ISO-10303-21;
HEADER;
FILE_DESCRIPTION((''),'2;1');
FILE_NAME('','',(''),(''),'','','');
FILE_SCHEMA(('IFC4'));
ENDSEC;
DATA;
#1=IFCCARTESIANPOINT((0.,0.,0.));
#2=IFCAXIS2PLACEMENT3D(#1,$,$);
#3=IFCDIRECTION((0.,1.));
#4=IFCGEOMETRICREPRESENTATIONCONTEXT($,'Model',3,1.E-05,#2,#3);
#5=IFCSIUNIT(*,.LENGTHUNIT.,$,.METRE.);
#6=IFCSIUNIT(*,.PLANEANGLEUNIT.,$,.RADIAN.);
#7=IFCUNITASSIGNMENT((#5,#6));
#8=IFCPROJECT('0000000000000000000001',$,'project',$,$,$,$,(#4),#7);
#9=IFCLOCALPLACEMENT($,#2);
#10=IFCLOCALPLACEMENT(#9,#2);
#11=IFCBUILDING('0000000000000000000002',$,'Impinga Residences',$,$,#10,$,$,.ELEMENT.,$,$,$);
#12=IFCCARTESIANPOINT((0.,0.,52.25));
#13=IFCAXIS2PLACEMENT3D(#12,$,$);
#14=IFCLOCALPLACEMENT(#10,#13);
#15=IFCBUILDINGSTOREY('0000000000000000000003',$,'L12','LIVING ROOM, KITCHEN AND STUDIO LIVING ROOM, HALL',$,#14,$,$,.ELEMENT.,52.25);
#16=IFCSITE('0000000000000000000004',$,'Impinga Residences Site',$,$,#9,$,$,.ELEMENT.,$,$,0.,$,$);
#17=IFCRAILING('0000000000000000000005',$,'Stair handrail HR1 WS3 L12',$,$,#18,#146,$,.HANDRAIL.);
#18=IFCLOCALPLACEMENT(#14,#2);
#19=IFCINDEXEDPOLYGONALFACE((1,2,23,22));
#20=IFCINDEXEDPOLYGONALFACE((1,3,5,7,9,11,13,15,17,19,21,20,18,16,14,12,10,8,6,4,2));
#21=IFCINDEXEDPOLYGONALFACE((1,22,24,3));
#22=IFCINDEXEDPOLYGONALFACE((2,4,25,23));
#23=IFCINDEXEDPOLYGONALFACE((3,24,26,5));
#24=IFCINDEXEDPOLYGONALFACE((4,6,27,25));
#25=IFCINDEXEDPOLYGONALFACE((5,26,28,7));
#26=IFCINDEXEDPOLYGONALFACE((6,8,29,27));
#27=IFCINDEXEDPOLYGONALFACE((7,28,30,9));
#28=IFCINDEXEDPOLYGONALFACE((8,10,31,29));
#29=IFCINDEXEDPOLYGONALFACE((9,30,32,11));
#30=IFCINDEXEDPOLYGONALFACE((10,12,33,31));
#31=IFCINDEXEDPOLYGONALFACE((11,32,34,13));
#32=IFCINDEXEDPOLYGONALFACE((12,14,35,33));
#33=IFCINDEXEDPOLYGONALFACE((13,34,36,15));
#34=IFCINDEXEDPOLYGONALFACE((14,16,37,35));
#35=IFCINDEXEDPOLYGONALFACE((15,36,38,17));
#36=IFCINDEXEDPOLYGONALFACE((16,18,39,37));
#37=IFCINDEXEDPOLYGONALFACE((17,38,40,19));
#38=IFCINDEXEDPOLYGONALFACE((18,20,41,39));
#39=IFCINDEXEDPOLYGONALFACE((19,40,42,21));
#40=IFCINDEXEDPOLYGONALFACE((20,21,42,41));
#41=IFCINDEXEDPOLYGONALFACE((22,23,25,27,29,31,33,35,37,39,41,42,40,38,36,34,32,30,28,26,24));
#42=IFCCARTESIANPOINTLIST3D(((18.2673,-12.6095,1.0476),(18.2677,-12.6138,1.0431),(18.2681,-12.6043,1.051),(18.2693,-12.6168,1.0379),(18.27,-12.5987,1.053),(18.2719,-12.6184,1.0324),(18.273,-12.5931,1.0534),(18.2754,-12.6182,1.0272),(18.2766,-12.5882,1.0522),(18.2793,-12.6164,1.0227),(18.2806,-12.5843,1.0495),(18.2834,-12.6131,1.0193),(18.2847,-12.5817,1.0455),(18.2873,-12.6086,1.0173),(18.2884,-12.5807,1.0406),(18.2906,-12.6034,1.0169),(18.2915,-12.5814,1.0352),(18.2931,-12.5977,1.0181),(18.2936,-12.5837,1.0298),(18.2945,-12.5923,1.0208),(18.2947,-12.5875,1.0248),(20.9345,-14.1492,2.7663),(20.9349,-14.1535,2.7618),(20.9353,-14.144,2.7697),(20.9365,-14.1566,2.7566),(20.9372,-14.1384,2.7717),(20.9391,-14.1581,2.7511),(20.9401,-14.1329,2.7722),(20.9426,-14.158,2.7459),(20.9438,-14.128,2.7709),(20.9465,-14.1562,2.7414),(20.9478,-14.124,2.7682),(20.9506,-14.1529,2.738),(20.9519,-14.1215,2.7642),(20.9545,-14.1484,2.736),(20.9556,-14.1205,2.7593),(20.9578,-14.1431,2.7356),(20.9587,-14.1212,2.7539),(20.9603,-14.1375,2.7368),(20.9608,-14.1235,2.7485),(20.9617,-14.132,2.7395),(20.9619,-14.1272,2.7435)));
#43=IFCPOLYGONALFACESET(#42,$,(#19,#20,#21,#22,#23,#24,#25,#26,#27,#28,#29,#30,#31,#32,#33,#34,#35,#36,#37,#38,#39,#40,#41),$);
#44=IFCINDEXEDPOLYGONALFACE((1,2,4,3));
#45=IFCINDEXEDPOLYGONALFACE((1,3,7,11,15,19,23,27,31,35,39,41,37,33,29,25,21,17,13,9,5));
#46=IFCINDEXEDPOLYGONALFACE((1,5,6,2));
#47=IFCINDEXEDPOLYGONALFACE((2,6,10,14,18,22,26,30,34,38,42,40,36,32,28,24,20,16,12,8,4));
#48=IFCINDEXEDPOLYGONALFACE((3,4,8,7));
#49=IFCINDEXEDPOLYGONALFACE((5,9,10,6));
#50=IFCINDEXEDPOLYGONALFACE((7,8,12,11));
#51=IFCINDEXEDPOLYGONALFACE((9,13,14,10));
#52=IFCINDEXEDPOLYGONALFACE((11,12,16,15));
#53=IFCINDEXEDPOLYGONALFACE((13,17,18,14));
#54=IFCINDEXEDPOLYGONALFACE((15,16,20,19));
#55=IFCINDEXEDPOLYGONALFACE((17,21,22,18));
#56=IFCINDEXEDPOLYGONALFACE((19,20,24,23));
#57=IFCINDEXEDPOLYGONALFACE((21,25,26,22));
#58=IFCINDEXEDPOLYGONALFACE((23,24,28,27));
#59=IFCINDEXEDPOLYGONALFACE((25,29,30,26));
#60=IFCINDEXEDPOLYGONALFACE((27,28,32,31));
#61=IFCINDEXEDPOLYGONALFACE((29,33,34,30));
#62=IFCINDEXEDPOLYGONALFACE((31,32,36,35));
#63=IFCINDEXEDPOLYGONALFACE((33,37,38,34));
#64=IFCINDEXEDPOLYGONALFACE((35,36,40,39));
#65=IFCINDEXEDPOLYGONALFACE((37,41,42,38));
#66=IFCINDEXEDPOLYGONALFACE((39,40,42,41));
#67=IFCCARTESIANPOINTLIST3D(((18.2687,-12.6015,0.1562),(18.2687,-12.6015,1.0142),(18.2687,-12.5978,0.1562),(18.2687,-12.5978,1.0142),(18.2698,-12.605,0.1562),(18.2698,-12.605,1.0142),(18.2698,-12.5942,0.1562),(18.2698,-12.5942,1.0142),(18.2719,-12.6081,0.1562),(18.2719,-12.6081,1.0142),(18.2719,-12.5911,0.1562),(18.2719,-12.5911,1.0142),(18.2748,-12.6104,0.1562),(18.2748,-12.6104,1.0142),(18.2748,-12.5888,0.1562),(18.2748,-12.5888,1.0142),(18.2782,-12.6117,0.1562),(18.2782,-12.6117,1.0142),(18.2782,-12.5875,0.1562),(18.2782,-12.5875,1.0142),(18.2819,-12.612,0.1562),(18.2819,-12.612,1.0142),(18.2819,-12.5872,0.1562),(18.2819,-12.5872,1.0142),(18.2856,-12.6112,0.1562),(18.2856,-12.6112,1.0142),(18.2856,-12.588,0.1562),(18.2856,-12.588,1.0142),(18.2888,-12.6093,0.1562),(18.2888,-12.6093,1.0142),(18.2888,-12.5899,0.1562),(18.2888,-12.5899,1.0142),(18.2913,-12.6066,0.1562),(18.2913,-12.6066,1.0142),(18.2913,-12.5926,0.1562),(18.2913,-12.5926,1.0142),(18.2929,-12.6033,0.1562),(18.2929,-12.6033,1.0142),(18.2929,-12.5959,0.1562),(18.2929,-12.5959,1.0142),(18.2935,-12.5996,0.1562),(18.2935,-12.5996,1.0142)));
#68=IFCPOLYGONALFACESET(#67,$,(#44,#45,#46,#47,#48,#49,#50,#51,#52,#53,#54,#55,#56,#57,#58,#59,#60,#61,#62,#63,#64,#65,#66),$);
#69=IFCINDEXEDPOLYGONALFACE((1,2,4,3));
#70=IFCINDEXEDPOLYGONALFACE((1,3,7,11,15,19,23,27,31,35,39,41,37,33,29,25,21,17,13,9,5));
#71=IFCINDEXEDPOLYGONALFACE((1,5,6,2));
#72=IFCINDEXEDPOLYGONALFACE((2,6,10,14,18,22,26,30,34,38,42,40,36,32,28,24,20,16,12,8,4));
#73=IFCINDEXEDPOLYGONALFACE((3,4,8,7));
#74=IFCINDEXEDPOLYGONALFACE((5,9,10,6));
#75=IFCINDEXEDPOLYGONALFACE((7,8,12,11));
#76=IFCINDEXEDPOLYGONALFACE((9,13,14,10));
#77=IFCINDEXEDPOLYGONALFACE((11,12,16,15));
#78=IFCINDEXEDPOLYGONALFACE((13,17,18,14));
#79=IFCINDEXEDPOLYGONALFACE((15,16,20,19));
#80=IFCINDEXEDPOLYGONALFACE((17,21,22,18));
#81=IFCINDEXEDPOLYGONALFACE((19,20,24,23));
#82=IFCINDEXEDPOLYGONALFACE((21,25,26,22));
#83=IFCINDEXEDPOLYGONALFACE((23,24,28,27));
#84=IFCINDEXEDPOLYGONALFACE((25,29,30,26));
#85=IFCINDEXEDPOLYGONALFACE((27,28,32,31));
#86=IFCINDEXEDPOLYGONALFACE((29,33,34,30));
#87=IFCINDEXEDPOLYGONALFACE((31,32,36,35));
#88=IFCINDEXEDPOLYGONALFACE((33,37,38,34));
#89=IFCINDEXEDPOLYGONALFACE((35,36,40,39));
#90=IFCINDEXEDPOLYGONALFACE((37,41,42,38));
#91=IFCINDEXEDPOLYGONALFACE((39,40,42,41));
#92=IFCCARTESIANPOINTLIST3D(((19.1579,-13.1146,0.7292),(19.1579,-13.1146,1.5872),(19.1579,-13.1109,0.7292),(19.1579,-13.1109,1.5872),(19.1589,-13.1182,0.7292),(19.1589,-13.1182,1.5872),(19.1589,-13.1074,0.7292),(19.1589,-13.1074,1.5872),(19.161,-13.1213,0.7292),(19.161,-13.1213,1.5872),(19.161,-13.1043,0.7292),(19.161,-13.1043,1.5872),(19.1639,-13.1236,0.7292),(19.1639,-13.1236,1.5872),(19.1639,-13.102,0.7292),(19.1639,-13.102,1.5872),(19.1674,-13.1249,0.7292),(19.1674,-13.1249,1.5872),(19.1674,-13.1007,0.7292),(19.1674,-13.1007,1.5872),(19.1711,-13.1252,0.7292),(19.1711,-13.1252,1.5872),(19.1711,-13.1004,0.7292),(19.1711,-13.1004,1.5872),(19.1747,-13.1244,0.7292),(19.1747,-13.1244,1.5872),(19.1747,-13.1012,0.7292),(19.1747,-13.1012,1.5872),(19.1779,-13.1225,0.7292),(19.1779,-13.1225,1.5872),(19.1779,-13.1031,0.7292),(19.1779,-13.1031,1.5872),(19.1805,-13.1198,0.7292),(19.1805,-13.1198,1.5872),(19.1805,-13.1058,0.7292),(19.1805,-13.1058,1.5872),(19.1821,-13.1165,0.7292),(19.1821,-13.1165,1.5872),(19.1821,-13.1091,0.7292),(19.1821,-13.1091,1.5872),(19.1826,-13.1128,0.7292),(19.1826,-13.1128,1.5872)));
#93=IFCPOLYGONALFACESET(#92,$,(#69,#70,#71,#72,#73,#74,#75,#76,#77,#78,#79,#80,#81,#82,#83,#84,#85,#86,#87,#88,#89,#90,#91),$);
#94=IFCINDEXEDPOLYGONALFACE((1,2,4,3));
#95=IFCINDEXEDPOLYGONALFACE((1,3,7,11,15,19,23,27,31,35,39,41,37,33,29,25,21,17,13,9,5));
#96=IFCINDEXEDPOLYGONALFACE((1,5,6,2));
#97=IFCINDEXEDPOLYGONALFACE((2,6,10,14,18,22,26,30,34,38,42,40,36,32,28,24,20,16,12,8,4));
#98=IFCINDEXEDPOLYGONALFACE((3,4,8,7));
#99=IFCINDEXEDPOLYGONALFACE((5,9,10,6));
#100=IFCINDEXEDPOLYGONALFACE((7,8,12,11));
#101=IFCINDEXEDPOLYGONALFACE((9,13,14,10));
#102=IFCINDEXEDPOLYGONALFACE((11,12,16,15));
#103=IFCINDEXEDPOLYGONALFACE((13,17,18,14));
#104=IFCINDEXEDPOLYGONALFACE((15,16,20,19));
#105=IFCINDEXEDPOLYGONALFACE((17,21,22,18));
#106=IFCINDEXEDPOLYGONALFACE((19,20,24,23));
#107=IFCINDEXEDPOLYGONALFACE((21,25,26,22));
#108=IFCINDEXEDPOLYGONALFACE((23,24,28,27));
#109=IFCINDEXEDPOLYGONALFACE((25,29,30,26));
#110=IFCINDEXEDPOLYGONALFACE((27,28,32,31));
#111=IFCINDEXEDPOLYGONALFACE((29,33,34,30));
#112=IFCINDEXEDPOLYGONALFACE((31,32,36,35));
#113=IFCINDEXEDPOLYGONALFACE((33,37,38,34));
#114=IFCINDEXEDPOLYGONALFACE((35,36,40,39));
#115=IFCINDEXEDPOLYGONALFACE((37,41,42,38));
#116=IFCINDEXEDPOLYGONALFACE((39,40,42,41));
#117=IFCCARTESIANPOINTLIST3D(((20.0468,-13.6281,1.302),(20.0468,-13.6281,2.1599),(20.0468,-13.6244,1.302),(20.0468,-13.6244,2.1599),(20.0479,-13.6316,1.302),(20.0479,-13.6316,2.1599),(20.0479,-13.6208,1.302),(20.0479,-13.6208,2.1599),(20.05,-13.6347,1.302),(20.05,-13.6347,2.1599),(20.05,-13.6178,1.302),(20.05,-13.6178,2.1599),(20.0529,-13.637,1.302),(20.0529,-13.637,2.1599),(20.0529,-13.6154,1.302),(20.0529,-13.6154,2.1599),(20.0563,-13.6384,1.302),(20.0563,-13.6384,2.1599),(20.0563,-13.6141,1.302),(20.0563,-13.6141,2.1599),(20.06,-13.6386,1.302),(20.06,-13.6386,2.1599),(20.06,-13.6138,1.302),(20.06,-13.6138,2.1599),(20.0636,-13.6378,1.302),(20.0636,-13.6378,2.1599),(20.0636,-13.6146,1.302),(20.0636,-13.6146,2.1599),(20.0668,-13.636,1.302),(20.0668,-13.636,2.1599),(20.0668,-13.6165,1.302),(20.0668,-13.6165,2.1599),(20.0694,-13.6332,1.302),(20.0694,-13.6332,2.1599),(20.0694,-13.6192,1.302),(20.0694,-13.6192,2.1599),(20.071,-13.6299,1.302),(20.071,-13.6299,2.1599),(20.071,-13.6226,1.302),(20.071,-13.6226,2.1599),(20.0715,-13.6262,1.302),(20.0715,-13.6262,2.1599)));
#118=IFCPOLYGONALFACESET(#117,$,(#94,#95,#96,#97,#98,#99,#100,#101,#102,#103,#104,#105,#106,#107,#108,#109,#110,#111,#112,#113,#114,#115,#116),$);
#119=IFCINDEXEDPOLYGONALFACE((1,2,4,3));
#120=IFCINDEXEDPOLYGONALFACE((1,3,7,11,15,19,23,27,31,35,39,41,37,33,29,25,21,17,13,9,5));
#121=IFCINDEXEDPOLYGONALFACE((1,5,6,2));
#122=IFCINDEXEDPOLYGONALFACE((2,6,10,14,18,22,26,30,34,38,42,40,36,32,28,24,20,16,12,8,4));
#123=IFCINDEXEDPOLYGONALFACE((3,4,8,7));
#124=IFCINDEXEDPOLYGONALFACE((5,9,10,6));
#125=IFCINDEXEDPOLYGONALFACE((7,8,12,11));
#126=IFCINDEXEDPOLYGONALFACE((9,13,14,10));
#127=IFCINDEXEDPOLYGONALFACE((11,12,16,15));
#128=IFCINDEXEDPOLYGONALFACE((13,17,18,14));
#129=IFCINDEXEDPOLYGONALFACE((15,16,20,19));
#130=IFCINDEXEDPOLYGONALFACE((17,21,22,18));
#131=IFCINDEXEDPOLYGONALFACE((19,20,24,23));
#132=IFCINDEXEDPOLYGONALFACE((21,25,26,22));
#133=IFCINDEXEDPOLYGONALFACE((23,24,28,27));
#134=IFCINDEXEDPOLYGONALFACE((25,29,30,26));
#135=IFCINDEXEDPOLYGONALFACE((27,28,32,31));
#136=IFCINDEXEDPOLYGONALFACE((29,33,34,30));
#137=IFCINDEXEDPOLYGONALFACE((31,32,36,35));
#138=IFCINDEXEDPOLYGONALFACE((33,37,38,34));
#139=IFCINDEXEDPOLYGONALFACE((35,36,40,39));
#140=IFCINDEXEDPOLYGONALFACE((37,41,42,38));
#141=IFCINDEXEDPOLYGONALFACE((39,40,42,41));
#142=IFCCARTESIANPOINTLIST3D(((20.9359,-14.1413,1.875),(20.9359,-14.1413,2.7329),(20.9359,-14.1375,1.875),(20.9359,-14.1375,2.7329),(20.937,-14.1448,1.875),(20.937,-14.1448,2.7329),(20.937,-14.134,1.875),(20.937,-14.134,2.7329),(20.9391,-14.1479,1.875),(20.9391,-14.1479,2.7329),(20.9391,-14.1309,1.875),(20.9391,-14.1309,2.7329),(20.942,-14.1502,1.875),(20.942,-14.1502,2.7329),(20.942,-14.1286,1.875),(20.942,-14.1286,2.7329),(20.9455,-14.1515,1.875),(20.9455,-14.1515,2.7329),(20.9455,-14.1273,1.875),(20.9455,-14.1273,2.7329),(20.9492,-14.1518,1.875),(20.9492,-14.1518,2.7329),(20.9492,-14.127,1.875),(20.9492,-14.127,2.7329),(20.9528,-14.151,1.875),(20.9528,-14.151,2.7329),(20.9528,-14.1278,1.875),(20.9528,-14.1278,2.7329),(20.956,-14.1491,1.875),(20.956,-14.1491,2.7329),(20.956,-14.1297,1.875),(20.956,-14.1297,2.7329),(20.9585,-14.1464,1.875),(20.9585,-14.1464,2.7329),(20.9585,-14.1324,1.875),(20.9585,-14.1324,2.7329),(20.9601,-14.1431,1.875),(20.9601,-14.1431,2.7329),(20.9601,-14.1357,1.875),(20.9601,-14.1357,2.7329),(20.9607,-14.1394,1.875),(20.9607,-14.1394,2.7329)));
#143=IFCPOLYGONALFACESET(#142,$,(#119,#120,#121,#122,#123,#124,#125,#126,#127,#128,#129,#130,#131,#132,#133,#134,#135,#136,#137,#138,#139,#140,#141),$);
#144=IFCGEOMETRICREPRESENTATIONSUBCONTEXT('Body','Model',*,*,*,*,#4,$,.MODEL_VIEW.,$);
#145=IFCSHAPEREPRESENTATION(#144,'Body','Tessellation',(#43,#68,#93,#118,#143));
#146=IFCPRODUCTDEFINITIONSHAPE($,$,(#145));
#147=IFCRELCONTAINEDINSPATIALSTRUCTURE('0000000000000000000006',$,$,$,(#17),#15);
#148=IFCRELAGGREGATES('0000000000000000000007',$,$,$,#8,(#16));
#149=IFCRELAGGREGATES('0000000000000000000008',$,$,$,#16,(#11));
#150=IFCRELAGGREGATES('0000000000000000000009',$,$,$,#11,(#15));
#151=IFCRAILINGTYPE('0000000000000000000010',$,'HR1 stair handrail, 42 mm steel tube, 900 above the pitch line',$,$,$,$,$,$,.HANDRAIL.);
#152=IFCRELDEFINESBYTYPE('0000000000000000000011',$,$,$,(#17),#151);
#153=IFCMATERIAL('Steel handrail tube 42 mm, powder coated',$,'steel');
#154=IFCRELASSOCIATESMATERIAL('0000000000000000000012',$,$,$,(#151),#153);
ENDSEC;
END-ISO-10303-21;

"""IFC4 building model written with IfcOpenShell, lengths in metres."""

from ifc_helpers import new_model, si_unit, direction, frame, origin, origin_2d, place, context, subcontext, project, spatial, circle, extrude, material, type_object, element, save


model = new_model("IFC4")

# Units and contexts
model_context = context("Model", 3, precision=1e-05, world=origin(), true_north=direction((0.0, 1.0)))
body_context = subcontext(model_context, "Body", "Model", "MODEL_VIEW")
ifc_project = project(units=[si_unit("LENGTHUNIT", "METRE"), si_unit("PLANEANGLEUNIT", "RADIAN")], contexts=[model_context])

# Site, building, storey
site_placement = place(None, origin())
site = spatial("IfcSite", under=ifc_project, at=site_placement, Name="Impinga Residences Site", CompositionType="ELEMENT", RefElevation=0.0)
building_placement = place(site_placement, origin())
building = spatial("IfcBuilding", under=site, at=building_placement, Name="Impinga Residences", CompositionType="ELEMENT")
storey_placement = place(building_placement, frame((0.0, 0.0, 52.25)))
storey = spatial("IfcBuildingStorey", under=building, at=storey_placement, Name="L12", Description="LIVING ROOM, KITCHEN AND STUDIO LIVING ROOM, HALL", CompositionType="ELEMENT", Elevation=52.25)

# Railing
ifc_material_1 = material(Name="Steel handrail tube 42 mm, powder coated", Category="steel")
railing_type_1 = type_object("IfcRailingType", Name="HR1 stair handrail, 42 mm steel tube, 900 above the pitch line", PredefinedType="HANDRAIL", material=ifc_material_1)
railing_1_placement = place(storey_placement, frame((18.281, -12.5996, 0.1562)))
element("IfcRailing", 1, at=railing_1_placement, inside=storey, type_object=railing_type_1, Name="Stair handrail HR1 WS3 L12", PredefinedType="HANDRAIL", context=body_context, shape_type="SweptSolid", body=[
    extrude(circle(Radius=0.021, at=origin_2d()), frame((0.0, 0.0, 0.8789), z_axis=(0.756249, -0.436582, 0.487322), x_axis=(0.499967, 0.866044, 0.0)), (0.0, 0.0, 1.0), 3.5269),
    extrude(circle(Radius=0.0125, at=origin_2d()), origin(), (0.0, 0.0, 1.0), 0.8579),
    extrude(circle(Radius=0.0125, at=origin_2d()), frame((0.8892, -0.5132, 0.573)), (0.0, 0.0, 1.0), 0.8579),
    extrude(circle(Radius=0.0125, at=origin_2d()), frame((1.7781, -1.0266, 1.1458)), (0.0, 0.0, 1.0), 0.8579),
    extrude(circle(Radius=0.0125, at=origin_2d()), frame((2.6672, -1.5398, 1.7188)), (0.0, 0.0, 1.0), 0.8579),
])

save(model, "model.ifc")
